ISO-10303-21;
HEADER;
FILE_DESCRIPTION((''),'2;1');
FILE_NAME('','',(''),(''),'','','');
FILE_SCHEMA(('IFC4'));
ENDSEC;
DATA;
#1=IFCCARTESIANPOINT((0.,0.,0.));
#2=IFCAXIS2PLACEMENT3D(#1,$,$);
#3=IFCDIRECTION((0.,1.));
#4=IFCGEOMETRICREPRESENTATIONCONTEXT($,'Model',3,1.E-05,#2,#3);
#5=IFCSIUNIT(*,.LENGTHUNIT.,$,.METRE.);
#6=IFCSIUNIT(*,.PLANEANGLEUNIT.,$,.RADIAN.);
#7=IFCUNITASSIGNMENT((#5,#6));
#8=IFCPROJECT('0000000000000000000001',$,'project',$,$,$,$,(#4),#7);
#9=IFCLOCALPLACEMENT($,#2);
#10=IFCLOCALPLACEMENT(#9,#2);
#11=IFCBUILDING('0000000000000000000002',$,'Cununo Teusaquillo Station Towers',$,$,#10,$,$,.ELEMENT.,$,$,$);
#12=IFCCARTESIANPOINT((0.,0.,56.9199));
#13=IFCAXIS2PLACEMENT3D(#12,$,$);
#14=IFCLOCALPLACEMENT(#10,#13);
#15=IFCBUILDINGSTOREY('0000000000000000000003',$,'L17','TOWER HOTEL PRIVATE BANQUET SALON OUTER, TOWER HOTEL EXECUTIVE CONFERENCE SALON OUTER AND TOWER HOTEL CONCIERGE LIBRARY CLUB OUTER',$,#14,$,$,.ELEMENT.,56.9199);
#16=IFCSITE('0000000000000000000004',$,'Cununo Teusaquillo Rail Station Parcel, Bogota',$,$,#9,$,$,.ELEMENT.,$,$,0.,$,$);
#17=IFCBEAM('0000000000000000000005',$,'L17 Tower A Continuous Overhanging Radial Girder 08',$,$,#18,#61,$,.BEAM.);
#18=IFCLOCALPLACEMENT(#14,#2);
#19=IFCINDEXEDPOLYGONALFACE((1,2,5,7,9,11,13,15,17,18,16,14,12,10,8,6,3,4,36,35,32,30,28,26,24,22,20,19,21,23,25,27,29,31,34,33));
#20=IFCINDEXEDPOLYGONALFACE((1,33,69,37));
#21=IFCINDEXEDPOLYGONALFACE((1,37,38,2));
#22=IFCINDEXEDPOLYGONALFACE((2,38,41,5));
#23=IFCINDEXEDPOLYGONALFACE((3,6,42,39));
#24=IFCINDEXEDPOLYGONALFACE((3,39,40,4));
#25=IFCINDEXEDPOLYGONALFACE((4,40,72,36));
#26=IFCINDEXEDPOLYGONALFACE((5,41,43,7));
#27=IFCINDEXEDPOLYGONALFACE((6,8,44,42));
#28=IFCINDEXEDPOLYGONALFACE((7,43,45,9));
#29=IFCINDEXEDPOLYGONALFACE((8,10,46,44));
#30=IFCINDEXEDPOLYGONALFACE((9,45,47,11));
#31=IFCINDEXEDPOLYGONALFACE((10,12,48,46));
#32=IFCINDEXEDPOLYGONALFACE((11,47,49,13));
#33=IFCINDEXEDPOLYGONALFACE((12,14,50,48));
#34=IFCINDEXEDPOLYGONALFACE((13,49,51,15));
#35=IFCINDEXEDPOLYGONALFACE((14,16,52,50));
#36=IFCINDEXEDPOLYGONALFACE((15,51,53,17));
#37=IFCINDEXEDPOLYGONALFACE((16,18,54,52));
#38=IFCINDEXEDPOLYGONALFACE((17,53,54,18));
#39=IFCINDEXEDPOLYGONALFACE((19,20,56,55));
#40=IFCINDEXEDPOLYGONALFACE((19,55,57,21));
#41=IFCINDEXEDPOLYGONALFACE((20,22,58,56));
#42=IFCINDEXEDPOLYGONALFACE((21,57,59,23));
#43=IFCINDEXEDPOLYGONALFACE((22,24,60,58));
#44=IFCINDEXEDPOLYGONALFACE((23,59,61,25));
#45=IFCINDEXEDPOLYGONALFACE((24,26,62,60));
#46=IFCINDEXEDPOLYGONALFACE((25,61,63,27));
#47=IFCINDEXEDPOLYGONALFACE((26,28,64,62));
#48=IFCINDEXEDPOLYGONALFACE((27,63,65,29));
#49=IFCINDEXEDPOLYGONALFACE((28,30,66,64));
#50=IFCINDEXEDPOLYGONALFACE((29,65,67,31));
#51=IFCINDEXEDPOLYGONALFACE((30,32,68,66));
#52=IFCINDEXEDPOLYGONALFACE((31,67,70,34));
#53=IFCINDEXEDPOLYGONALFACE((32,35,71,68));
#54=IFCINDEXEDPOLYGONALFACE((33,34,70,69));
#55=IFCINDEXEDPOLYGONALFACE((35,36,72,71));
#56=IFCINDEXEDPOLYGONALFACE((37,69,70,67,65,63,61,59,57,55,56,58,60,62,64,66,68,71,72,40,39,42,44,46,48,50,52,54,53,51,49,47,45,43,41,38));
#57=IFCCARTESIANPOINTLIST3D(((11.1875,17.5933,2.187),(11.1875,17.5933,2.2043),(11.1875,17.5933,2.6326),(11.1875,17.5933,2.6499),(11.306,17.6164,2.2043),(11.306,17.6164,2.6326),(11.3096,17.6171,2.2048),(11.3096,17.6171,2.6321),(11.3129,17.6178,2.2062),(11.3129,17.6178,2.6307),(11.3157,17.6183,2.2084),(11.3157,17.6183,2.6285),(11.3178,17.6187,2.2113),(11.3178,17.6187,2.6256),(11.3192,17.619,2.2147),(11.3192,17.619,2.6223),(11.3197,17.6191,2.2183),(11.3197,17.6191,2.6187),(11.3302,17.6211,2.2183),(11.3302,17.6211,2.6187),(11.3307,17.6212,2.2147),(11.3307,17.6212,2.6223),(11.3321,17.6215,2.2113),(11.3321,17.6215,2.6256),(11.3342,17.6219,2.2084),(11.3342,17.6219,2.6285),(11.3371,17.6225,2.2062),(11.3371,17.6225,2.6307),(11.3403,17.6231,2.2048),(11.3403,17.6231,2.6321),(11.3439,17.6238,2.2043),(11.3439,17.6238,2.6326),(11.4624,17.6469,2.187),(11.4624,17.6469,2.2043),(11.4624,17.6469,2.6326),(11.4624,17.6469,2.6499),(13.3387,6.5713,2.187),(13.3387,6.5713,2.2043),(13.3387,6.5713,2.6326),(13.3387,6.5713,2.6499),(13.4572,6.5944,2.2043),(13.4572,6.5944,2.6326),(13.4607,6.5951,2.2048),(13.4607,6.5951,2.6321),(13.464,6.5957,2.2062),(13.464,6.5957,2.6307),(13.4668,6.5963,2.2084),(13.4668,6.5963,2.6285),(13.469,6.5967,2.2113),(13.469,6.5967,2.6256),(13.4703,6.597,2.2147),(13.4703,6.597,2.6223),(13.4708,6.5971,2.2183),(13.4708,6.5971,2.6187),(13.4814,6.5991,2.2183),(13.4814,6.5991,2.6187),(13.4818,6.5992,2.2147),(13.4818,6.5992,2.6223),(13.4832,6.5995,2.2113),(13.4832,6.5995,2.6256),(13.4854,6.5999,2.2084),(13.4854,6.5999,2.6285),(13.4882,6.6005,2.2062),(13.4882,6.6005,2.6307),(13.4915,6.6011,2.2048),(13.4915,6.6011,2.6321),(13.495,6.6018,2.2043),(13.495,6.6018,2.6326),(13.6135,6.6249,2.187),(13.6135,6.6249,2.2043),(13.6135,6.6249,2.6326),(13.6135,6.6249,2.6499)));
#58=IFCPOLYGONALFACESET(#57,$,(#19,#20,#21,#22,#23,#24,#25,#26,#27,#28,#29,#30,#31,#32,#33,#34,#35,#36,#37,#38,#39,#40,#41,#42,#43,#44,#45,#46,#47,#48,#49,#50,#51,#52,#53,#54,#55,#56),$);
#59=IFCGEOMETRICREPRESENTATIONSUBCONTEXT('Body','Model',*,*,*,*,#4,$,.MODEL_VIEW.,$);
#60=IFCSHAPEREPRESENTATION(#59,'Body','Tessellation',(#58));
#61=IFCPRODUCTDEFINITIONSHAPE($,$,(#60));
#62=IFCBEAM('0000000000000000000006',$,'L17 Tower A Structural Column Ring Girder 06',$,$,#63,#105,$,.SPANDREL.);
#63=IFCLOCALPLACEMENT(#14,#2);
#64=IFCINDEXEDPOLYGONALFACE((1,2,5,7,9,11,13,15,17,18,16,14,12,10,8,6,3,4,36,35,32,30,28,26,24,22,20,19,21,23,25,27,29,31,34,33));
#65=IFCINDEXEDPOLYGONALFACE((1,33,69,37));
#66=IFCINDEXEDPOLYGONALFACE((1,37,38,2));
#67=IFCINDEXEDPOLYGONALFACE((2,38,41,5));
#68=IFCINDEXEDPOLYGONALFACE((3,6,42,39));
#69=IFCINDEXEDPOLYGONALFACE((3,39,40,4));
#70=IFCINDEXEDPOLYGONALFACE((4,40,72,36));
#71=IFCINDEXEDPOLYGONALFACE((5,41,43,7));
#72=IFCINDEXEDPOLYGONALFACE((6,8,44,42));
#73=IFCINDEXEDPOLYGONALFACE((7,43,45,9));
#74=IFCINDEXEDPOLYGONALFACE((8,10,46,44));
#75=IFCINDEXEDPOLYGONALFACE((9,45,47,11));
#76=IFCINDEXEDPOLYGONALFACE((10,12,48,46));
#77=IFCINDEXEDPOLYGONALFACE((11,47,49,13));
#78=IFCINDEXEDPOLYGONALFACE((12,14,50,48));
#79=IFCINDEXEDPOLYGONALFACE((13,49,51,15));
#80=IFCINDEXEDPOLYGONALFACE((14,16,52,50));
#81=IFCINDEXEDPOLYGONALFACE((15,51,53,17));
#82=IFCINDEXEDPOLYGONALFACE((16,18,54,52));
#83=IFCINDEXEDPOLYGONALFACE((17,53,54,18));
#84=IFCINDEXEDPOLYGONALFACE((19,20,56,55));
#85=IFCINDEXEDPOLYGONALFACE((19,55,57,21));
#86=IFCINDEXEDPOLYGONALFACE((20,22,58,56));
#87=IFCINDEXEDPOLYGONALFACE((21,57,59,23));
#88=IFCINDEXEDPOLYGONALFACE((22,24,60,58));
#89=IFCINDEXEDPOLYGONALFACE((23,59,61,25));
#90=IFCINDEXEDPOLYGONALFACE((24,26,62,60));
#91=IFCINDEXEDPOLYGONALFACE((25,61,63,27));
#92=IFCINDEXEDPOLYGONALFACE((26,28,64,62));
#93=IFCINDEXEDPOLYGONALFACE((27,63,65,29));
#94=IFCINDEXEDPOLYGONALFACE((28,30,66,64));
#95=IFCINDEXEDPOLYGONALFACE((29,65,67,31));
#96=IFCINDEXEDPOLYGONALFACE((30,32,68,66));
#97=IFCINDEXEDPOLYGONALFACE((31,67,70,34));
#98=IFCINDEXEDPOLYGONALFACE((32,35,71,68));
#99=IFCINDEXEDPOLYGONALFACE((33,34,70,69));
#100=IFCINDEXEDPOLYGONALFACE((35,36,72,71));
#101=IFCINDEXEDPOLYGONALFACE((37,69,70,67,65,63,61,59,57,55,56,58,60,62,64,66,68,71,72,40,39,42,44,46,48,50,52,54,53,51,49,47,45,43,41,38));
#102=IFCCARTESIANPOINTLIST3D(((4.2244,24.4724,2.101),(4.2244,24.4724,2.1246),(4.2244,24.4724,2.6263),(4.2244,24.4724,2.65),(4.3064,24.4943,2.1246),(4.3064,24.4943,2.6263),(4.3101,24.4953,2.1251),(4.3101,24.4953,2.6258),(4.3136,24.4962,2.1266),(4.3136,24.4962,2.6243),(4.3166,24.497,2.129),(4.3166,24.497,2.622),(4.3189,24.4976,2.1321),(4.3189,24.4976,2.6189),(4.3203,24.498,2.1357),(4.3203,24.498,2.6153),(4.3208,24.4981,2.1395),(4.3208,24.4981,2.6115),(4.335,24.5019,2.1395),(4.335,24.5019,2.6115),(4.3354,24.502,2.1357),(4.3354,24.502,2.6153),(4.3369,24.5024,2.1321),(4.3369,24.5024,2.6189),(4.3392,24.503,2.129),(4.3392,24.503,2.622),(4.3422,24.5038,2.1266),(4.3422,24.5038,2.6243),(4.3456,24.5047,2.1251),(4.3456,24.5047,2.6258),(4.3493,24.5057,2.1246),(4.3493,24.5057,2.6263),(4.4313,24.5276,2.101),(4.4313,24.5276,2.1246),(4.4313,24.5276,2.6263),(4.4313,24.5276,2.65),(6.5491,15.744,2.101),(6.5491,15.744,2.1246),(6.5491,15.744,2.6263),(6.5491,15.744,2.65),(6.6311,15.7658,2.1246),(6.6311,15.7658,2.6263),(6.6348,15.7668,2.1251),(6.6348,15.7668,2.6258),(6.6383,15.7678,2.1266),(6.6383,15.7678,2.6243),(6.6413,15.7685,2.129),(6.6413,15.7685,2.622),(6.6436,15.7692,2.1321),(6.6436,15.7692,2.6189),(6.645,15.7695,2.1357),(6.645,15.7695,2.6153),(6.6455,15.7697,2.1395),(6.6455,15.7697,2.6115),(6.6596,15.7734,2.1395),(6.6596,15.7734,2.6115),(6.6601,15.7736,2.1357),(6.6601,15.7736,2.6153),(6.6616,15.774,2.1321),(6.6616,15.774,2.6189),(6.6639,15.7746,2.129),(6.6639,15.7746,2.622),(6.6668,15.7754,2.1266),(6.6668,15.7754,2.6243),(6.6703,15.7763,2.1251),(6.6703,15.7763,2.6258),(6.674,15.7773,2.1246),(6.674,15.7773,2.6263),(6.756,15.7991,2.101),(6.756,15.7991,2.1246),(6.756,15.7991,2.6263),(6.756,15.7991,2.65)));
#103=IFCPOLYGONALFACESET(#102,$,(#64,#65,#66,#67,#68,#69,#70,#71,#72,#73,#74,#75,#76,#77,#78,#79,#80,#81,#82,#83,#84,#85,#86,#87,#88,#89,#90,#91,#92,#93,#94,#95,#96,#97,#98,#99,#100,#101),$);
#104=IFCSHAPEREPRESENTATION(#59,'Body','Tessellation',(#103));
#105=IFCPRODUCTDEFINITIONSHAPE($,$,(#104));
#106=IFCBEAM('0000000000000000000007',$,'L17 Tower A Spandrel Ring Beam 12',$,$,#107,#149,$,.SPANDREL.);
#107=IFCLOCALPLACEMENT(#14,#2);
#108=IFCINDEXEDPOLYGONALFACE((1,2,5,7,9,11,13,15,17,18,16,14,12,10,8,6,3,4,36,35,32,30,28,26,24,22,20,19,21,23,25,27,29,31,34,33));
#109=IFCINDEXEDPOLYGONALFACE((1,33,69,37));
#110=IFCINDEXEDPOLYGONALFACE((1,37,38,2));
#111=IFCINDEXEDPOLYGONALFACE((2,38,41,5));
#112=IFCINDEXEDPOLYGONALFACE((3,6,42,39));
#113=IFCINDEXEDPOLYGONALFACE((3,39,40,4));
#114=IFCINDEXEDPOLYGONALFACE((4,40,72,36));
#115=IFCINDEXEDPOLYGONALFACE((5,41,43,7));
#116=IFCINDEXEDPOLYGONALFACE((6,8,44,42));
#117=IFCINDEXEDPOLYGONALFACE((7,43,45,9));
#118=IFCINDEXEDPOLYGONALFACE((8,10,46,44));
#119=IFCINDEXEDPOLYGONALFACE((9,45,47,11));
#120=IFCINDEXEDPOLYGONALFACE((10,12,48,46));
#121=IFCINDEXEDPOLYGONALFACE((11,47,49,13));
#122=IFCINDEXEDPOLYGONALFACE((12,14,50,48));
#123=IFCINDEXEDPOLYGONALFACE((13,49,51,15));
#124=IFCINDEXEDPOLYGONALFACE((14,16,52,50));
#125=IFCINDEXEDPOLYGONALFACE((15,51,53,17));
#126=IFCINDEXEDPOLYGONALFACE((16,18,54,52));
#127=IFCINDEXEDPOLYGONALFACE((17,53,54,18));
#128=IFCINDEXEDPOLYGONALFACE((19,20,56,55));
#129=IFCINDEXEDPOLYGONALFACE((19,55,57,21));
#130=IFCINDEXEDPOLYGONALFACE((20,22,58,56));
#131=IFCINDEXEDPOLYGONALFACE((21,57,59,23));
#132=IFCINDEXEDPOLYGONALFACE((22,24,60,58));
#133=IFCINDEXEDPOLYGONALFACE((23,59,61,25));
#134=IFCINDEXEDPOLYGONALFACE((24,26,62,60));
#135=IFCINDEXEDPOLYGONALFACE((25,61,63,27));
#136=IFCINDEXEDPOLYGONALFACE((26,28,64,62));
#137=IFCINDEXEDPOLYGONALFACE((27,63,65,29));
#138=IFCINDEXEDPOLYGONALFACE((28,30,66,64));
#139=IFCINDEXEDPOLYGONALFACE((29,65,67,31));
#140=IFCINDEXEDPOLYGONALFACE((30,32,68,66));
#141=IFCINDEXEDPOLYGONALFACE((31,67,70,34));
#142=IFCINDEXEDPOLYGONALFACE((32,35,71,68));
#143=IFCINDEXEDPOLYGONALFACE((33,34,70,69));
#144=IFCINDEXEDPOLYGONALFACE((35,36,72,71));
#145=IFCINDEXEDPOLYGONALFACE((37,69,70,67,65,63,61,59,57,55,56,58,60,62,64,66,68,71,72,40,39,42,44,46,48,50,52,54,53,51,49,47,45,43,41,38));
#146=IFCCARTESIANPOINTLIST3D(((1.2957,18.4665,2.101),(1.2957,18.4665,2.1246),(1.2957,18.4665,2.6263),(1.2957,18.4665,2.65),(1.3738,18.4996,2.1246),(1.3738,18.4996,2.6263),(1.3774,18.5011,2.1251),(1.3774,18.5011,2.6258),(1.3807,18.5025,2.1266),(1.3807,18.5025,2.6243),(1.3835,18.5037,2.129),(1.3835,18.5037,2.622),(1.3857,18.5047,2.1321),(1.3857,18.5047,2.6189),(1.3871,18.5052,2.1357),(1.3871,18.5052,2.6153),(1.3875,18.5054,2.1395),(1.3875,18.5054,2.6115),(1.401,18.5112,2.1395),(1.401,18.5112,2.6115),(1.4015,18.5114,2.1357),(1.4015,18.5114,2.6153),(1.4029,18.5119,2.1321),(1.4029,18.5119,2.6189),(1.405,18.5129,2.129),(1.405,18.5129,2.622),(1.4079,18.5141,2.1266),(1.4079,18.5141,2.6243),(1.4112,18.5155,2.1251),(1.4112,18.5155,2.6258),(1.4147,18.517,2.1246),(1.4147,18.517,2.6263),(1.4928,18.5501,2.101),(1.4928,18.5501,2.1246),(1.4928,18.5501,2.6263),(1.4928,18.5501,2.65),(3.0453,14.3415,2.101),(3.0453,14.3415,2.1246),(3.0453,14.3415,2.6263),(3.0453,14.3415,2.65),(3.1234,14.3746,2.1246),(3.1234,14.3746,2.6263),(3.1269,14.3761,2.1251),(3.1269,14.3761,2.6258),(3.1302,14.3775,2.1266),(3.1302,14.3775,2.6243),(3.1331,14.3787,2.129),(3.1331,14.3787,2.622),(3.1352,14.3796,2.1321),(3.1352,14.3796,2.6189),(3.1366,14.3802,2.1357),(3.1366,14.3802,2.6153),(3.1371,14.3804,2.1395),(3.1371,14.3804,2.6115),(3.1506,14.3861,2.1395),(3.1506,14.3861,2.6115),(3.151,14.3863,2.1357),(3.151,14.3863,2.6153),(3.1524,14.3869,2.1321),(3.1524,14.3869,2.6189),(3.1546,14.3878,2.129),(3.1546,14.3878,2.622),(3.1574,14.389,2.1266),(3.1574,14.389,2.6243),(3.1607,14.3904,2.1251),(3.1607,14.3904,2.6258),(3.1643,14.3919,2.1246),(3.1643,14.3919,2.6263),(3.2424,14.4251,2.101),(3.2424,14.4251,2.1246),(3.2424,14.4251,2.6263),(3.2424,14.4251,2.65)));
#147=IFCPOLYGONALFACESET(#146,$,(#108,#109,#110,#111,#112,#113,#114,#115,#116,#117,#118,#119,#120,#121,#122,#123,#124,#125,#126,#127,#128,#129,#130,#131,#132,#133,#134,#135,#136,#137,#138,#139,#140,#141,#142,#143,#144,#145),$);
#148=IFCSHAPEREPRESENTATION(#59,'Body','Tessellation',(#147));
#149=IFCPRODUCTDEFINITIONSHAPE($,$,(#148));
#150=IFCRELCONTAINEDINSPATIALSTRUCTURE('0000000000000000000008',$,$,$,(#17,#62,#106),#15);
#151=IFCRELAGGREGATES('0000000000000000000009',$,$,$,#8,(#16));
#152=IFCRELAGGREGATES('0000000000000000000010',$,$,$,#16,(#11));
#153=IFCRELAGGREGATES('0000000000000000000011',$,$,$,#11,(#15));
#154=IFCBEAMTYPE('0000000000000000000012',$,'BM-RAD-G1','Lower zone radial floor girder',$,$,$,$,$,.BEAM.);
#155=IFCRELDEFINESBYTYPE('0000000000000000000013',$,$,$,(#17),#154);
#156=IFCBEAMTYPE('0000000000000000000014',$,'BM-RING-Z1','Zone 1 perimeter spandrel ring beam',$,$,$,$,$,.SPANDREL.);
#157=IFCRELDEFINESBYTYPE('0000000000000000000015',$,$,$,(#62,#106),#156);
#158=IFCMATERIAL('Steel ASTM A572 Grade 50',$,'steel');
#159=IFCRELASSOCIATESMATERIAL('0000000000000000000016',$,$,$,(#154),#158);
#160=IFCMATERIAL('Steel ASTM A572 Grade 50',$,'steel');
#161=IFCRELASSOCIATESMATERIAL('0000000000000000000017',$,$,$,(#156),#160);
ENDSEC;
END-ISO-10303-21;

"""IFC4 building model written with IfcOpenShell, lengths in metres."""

from ifc_helpers import new_model, si_unit, direction, frame, origin, origin_2d, place, context, subcontext, project, spatial, i_section, extrude, material, material_profile, profile_set, type_object, element, save


model = new_model("IFC4")

# Units and contexts
model_context = context("Model", 3, precision=1e-05, world=origin(), true_north=direction((0.0, 1.0)))
body_context = subcontext(model_context, "Body", "Model", "MODEL_VIEW")
ifc_project = project(units=[si_unit("LENGTHUNIT", "METRE"), si_unit("PLANEANGLEUNIT", "RADIAN")], contexts=[model_context])

# Site, building, storey
site_placement = place(None, origin())
site = spatial("IfcSite", under=ifc_project, at=site_placement, Name="Cununo Teusaquillo Rail Station Parcel, Bogota", CompositionType="ELEMENT", RefElevation=0.0)
building_placement = place(site_placement, origin())
building = spatial("IfcBuilding", under=site, at=building_placement, Name="Cununo Teusaquillo Station Towers", CompositionType="ELEMENT")
storey_placement = place(building_placement, frame((0.0, 0.0, 56.9199)))
storey = spatial("IfcBuildingStorey", under=building, at=storey_placement, Name="L17", Description="TOWER HOTEL PRIVATE BANQUET SALON OUTER, TOWER HOTEL EXECUTIVE CONFERENCE SALON OUTER AND TOWER HOTEL CONCIERGE LIBRARY CLUB OUTER", CompositionType="ELEMENT", Elevation=56.9199)

# Beams
ifc_material_1 = material(Name="Steel ASTM A572 Grade 50", Category="steel")
ifc_material_profile_1 = material_profile(ifc_material_1, i_section(OverallWidth=0.28, OverallDepth=0.4629, WebThickness=0.0107, FlangeThickness=0.0173, FilletRadius=0.0139, at=origin_2d()), Name="W18X76")
ifc_profile_set_1 = profile_set([ifc_material_profile_1], Name="Steel ASTM A572 Grade 50")
beam_type_1 = type_object("IfcBeamType", Name="BM-RAD-G1", Description="Lower zone radial floor girder", PredefinedType="BEAM", material=ifc_profile_set_1)
beam_1_placement = place(storey_placement, frame((11.325, 17.6201, 2.4185), z_axis=(0.191553, -0.981482, 0.0), x_axis=(0.981482, 0.191553, 0.0)))
element("IfcBeam", 1, at=beam_1_placement, inside=storey, type_object=beam_type_1, Name="L17 Tower A Continuous Overhanging Radial Girder 08", PredefinedType="BEAM", context=body_context, shape_type="SweptSolid", body=[
    extrude(i_section(OverallWidth=0.28, OverallDepth=0.4629, WebThickness=0.0107, FlangeThickness=0.0173, FilletRadius=0.0139, at=origin_2d()), origin(), (0.0, 0.0, 1.0), 11.23),
])
ifc_material_2 = material(Name="Steel ASTM A572 Grade 50", Category="steel")
ifc_material_profile_2 = material_profile(ifc_material_2, i_section(OverallWidth=0.2141, OverallDepth=0.5491, WebThickness=0.0146, FlangeThickness=0.0237, FilletRadius=0.0149, at=origin_2d()), Name="W21X93")
ifc_profile_set_2 = profile_set([ifc_material_profile_2], Name="Steel ASTM A572 Grade 50")
beam_type_2 = type_object("IfcBeamType", Name="BM-RING-Z1", Description="Zone 1 perimeter spandrel ring beam", PredefinedType="SPANDREL", material=ifc_profile_set_2)
beam_2_placement = place(storey_placement, frame((4.3279, 24.5, 2.3755), z_axis=(0.257363, -0.966315, 0.0), x_axis=(0.966315, 0.257363, 0.0)))
element("IfcBeam", 2, at=beam_2_placement, inside=storey, type_object=beam_type_2, Name="L17 Tower A Structural Column Ring Girder 06", PredefinedType="SPANDREL", context=body_context, shape_type="SweptSolid", body=[
    extrude(i_section(OverallWidth=0.2141, OverallDepth=0.5491, WebThickness=0.0146, FlangeThickness=0.0237, FilletRadius=0.0149, at=origin_2d()), origin(), (0.0, 0.0, 1.0), 9.0327),
])
beam_3_placement = place(storey_placement, frame((1.3943, 18.5083, 2.3755), z_axis=(0.390457, -0.920621, 0.0), x_axis=(0.920621, 0.390457, 0.0)))
element("IfcBeam", 3, at=beam_3_placement, inside=storey, type_object=beam_type_2, Name="L17 Tower A Spandrel Ring Beam 12", PredefinedType="SPANDREL", context=body_context, shape_type="SweptSolid", body=[
    extrude(i_section(OverallWidth=0.2141, OverallDepth=0.5491, WebThickness=0.0146, FlangeThickness=0.0237, FilletRadius=0.0149, at=origin_2d()), origin(), (0.0, 0.0, 1.0), 4.4807),
])

save(model, "model.ifc")
